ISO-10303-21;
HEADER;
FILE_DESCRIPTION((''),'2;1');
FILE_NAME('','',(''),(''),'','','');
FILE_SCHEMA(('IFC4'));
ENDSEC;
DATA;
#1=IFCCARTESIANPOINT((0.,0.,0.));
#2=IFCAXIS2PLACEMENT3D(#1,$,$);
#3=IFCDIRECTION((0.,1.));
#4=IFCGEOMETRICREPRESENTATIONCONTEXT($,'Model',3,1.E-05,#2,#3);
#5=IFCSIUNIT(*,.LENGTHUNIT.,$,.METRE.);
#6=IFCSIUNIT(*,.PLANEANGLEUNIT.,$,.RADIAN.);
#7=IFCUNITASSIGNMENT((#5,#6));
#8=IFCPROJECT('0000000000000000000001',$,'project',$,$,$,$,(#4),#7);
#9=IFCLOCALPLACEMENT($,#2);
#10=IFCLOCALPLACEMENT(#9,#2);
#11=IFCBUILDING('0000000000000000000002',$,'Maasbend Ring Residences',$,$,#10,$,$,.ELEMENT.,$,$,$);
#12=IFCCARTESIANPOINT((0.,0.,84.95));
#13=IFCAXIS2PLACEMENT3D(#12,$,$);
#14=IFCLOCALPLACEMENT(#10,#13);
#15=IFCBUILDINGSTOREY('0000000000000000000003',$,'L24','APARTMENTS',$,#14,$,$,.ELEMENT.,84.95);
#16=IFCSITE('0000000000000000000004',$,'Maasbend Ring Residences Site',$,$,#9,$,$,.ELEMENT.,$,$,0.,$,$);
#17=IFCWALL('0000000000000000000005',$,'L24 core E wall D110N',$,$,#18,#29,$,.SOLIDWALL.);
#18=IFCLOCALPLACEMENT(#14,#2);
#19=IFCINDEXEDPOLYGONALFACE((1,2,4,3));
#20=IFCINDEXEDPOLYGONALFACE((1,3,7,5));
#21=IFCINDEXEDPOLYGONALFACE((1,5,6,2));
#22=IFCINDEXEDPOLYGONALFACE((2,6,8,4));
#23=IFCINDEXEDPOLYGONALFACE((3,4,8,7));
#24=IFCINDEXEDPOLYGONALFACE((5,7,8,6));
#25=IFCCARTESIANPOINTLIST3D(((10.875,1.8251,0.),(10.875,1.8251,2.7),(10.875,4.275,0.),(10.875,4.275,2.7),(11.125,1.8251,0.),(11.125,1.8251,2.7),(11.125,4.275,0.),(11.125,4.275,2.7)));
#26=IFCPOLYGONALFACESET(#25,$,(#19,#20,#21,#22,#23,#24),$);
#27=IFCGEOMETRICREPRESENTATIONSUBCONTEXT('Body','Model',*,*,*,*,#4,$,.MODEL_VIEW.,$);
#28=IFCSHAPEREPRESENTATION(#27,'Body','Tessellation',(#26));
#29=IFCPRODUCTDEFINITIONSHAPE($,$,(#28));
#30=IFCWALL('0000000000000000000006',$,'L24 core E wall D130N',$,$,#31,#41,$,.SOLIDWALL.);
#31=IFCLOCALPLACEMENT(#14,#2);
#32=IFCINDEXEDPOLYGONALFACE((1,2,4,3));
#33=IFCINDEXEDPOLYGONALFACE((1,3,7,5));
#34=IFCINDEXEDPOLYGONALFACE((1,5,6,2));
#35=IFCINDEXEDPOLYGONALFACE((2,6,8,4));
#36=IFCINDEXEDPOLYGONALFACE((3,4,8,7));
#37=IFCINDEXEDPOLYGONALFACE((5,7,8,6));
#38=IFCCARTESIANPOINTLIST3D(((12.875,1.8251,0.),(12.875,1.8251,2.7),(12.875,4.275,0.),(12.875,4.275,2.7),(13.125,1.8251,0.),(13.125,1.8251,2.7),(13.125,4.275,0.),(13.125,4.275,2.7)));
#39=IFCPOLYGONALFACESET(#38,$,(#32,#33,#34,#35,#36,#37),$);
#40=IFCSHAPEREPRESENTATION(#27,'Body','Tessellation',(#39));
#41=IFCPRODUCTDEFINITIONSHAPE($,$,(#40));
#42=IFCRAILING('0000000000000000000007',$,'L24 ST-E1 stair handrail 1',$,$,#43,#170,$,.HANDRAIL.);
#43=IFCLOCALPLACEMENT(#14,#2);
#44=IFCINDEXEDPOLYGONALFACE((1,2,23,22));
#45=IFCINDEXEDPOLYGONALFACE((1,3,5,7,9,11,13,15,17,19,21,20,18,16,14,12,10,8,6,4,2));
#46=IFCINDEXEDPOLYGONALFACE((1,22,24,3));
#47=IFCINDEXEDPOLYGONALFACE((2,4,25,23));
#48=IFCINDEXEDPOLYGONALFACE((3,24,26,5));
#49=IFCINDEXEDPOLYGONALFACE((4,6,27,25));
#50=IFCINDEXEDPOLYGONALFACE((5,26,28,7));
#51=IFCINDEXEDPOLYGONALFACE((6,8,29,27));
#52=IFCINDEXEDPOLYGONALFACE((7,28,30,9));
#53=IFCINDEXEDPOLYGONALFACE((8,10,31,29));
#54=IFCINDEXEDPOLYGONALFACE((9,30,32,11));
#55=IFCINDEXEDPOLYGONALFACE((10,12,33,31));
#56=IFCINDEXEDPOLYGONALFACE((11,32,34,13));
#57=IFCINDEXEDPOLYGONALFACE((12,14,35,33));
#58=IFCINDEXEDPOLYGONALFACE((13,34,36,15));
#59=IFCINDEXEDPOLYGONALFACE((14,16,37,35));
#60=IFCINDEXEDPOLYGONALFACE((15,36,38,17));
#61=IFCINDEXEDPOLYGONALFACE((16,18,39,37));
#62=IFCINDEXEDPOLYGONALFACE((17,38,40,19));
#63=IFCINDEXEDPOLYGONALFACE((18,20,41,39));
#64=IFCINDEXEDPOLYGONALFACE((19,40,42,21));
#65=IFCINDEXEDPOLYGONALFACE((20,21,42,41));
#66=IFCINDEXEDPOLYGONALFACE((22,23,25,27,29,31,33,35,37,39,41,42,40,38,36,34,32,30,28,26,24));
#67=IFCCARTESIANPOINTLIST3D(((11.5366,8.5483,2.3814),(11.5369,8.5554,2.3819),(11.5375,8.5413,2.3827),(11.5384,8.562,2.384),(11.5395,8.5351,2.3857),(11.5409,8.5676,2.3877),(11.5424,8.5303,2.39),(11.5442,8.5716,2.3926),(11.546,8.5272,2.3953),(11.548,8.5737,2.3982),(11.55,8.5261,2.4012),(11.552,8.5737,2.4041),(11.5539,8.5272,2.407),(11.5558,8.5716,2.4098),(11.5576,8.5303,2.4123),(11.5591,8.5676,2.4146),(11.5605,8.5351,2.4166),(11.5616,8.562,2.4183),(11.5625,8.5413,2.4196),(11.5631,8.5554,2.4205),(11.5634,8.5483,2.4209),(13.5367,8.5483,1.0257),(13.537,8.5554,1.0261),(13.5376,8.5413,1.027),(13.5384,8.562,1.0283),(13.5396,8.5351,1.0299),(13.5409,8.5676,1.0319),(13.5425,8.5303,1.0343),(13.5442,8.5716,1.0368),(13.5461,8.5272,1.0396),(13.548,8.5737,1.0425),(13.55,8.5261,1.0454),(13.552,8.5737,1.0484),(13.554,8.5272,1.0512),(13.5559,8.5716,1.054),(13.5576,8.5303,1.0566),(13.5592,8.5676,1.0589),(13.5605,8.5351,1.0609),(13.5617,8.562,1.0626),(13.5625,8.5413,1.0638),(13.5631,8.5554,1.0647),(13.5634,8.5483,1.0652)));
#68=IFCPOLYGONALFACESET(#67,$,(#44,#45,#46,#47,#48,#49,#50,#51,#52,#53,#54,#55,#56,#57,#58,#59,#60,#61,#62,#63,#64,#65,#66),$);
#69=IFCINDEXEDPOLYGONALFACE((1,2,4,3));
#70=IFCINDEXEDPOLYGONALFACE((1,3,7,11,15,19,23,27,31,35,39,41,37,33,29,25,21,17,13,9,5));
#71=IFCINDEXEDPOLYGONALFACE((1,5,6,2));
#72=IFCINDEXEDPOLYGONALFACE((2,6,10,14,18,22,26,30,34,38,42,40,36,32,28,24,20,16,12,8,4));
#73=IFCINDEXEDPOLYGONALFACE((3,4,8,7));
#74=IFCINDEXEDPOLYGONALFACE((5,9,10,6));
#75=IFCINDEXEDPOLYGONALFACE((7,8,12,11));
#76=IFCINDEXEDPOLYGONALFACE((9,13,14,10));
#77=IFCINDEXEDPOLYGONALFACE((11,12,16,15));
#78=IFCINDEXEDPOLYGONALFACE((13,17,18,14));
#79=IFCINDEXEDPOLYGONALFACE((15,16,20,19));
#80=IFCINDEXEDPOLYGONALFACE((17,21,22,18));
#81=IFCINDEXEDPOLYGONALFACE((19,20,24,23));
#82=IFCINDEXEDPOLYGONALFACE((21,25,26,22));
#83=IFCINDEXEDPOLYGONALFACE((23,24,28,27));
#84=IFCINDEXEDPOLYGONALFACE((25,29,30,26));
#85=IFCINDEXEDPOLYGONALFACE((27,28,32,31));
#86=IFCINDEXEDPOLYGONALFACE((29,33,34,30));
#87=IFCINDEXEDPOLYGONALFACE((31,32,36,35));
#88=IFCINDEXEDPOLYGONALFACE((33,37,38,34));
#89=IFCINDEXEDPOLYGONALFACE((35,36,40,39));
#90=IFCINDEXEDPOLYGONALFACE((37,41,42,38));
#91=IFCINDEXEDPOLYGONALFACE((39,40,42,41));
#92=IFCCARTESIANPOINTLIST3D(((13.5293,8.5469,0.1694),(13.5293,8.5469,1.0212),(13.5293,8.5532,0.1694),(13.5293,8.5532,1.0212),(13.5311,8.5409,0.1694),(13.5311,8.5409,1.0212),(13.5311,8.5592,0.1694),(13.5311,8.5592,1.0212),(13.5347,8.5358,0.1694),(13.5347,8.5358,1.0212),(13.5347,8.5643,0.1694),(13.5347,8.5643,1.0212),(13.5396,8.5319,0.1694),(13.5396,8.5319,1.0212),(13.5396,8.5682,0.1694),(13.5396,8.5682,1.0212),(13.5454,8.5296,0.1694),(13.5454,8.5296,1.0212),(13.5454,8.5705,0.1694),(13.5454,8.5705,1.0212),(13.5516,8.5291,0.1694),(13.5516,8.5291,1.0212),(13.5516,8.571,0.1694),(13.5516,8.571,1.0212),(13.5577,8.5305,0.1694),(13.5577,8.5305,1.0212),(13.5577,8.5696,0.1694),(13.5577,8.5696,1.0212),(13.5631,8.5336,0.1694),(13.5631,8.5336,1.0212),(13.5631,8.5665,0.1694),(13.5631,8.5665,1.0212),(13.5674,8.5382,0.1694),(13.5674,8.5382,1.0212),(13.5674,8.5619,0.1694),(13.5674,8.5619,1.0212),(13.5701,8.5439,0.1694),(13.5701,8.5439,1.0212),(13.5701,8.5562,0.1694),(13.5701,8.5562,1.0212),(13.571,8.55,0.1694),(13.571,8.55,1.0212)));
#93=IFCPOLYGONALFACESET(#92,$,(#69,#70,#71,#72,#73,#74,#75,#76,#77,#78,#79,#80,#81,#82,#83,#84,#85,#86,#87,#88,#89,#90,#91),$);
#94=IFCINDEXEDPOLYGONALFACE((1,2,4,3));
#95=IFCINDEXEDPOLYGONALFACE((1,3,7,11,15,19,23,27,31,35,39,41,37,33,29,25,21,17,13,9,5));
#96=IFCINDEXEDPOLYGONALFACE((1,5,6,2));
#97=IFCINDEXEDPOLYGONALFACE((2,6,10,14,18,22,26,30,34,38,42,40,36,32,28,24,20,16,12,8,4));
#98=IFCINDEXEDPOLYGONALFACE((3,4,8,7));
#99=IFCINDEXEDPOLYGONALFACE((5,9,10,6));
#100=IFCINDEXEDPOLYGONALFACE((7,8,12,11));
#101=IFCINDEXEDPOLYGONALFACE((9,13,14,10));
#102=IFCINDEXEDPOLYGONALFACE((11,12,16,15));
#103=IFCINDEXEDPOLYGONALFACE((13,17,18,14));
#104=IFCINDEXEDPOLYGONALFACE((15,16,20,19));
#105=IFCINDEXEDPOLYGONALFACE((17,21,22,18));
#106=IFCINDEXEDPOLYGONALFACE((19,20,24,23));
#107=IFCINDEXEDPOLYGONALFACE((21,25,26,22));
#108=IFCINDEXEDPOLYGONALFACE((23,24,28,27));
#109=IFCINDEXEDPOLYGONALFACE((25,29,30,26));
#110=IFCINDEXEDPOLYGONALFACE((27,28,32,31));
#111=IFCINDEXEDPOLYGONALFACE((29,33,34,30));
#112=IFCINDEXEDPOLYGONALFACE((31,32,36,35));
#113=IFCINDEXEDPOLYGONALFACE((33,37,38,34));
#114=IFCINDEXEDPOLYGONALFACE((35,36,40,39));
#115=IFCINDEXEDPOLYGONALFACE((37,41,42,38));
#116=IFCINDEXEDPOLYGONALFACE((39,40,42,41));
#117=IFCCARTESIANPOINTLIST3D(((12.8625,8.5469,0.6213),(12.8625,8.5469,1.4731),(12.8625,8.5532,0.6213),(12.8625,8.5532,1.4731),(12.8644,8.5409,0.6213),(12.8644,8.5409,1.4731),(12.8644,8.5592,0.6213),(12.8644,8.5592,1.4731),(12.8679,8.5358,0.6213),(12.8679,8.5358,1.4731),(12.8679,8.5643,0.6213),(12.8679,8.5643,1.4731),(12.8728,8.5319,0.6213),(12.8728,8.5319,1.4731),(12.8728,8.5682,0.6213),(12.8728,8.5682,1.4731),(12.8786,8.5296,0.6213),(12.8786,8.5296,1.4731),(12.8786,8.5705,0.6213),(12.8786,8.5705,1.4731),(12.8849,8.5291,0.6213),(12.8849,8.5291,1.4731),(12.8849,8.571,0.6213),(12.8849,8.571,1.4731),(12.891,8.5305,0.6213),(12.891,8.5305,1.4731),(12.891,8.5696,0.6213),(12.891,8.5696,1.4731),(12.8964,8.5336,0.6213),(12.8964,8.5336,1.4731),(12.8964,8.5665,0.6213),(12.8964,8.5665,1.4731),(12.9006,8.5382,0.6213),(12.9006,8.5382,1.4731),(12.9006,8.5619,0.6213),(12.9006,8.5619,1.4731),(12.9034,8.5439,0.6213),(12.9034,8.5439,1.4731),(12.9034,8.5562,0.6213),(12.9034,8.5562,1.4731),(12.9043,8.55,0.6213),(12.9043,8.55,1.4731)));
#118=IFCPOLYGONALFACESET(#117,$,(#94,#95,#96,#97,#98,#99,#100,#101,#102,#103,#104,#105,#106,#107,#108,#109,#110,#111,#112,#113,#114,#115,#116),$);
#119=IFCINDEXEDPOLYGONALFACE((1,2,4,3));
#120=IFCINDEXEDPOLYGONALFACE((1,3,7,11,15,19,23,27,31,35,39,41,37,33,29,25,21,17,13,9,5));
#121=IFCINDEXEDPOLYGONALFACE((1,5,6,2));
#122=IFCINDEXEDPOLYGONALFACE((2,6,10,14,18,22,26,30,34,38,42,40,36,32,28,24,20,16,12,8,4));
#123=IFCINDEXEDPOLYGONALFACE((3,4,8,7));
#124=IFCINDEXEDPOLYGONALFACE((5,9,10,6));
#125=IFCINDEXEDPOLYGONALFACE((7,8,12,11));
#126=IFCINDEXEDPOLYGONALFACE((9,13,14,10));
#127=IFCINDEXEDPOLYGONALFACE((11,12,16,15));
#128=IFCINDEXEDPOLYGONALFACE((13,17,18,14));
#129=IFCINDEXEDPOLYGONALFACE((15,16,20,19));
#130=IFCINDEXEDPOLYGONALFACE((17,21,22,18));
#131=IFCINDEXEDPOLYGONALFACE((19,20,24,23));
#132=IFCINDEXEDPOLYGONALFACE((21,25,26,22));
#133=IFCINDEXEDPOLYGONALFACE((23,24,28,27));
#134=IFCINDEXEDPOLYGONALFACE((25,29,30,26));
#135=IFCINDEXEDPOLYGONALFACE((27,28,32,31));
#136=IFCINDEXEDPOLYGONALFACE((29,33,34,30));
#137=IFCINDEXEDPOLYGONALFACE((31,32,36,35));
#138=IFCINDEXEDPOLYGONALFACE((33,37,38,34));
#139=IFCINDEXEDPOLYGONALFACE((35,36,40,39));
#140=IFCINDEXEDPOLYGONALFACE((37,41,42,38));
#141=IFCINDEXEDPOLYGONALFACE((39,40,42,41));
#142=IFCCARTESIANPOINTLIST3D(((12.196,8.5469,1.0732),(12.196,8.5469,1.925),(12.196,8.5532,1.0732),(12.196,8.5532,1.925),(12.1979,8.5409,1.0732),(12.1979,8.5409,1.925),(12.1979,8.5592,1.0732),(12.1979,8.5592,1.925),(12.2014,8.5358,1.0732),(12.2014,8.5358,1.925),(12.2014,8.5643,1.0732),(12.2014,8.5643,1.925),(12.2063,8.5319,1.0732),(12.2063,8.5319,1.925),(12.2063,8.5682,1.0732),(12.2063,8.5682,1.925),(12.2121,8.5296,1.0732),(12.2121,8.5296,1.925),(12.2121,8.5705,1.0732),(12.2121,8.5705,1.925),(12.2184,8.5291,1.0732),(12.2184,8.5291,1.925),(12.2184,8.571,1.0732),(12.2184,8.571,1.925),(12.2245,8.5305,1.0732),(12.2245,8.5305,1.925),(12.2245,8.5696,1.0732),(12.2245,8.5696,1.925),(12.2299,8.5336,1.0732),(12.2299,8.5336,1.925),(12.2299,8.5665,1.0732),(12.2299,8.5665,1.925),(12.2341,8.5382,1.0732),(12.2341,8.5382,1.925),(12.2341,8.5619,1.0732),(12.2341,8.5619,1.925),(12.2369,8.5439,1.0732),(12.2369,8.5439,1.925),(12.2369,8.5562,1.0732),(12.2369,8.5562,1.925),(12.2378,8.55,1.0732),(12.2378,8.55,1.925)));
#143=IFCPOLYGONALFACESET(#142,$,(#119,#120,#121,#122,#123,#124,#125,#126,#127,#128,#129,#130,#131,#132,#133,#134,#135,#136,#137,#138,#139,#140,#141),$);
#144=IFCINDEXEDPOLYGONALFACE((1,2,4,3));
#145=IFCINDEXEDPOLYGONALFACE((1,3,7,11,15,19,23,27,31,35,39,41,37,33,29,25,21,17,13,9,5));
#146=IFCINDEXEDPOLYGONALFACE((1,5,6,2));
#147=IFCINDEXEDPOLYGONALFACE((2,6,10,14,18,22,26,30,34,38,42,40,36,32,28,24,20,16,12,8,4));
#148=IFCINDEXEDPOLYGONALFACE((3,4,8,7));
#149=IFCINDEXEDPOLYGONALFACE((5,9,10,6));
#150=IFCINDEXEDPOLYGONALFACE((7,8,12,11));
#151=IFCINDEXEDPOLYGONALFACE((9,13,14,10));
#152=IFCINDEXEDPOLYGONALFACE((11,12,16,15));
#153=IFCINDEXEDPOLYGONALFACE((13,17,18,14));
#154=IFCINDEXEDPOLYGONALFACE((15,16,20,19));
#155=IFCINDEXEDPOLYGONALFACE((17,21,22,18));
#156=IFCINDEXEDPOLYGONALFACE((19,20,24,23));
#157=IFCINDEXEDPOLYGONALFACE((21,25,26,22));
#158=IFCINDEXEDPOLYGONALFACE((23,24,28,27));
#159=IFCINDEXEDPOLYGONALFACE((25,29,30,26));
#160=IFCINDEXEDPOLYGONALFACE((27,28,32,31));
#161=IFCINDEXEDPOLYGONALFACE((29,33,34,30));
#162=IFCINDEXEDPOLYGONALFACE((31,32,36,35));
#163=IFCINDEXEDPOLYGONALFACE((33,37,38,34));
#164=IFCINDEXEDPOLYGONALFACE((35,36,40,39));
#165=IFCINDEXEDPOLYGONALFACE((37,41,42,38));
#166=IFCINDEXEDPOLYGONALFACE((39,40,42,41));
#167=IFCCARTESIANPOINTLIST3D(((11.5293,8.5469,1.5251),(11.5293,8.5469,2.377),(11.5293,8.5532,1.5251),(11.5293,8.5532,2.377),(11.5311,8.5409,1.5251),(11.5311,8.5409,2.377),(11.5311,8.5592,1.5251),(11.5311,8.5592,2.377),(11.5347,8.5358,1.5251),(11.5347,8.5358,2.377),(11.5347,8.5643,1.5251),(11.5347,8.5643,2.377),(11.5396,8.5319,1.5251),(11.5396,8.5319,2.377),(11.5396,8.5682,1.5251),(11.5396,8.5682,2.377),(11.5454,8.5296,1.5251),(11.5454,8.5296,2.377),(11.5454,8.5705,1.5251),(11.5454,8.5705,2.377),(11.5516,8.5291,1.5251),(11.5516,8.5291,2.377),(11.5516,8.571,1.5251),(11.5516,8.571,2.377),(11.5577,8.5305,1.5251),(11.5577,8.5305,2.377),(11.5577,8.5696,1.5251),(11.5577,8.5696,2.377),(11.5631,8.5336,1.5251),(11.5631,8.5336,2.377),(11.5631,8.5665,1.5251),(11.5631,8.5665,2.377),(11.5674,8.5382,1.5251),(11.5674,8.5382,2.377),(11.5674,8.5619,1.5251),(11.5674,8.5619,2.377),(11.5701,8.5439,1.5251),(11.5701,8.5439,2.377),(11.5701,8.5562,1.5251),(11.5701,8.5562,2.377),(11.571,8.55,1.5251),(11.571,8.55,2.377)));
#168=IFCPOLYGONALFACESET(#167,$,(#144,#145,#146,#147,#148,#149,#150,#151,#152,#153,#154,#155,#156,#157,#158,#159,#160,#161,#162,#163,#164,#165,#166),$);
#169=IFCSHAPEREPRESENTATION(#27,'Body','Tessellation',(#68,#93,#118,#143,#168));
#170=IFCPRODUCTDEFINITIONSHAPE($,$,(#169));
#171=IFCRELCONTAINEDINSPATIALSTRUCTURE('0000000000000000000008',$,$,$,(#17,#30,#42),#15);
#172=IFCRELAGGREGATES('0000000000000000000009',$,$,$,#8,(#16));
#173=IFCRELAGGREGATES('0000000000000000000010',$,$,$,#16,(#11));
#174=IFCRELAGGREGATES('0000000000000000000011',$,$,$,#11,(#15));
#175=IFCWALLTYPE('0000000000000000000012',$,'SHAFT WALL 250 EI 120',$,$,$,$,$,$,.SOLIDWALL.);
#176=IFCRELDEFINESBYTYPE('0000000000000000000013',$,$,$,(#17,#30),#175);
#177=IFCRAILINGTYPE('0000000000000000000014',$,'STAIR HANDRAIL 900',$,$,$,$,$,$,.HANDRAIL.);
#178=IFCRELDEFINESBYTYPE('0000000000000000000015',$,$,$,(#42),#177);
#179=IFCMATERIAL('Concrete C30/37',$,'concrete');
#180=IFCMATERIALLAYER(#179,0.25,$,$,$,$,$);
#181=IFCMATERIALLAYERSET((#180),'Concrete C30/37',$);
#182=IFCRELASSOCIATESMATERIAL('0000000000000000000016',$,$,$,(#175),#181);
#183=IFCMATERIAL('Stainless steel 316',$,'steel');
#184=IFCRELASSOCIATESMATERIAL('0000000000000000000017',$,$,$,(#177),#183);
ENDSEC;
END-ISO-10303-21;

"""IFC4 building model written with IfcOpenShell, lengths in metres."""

from ifc_helpers import new_model, si_unit, direction, frame, frame_2d, origin, origin_2d, place, context, subcontext, project, spatial, rectangle, circle, extrude, material, layer, layer_set, type_object, element, save


model = new_model("IFC4")

# Units and contexts
model_context = context("Model", 3, precision=1e-05, world=origin(), true_north=direction((0.0, 1.0)))
body_context = subcontext(model_context, "Body", "Model", "MODEL_VIEW")
ifc_project = project(units=[si_unit("LENGTHUNIT", "METRE"), si_unit("PLANEANGLEUNIT", "RADIAN")], contexts=[model_context])

# Site, building, storey
site_placement = place(None, origin())
site = spatial("IfcSite", under=ifc_project, at=site_placement, Name="Maasbend Ring Residences Site", CompositionType="ELEMENT", RefElevation=0.0)
building_placement = place(site_placement, origin())
building = spatial("IfcBuilding", under=site, at=building_placement, Name="Maasbend Ring Residences", CompositionType="ELEMENT")
storey_placement = place(building_placement, frame((0.0, 0.0, 84.95)))
storey = spatial("IfcBuildingStorey", under=building, at=storey_placement, Name="L24", Description="APARTMENTS", CompositionType="ELEMENT", Elevation=84.95)

# Walls
ifc_material_1 = material(Name="Concrete C30/37", Category="concrete")
ifc_layer_1 = layer(ifc_material_1, 0.25)
ifc_layer_set_1 = layer_set([ifc_layer_1], Name="Concrete C30/37")
wall_type_1 = type_object("IfcWallType", Name="SHAFT WALL 250 EI 120", PredefinedType="SOLIDWALL", material=ifc_layer_set_1)
for number, where, z_axis, x_axis, name in (
    (1, (11.0, 1.825, 0.0), (0.0, 0.0, 1.0), (0.0, 1.0, 0.0), "L24 core E wall D110N"),
    (2, (13.0, 1.825, 0.0), (0.0, 0.0, 1.0), (0.0, 1.0, 0.0), "L24 core E wall D130N"),
):
    element("IfcWall", number, at=place(storey_placement, frame(where, z_axis=z_axis, x_axis=x_axis)), inside=storey, type_object=wall_type_1, Name=name, PredefinedType="SOLIDWALL", context=body_context, shape_type="SweptSolid", body=[
        extrude(rectangle(XDim=2.45, YDim=0.25, at=frame_2d((1.2251, 0.0))), origin(), (0.0, 0.0, 1.0), 2.7),
    ])

# Railing
ifc_material_2 = material(Name="Stainless steel 316", Category="steel")
railing_type = type_object("IfcRailingType", Name="STAIR HANDRAIL 900", PredefinedType="HANDRAIL", material=ifc_material_2)
railing_1_placement = place(storey_placement, frame((13.55, 8.55, 0.1694)))
element("IfcRailing", 3, at=railing_1_placement, inside=storey, type_object=railing_type, Name="L24 ST-E1 stair handrail 1", PredefinedType="HANDRAIL", context=body_context, shape_type="SweptSolid", body=[
    extrude(circle(Radius=0.0239, at=origin_2d()), frame((0.0, 0.0, 0.876), z_axis=(-0.827751, 0.0, 0.561096), x_axis=(0.0, -1.0, 0.0)), (0.0, 0.0, 1.0), 2.4163),
    extrude(circle(Radius=0.021, at=origin_2d()), origin(), (0.0, 0.0, 1.0), 0.8518),
    extrude(circle(Radius=0.021, at=origin_2d()), frame((-0.6667, 0.0, 0.4519)), (0.0, 0.0, 1.0), 0.8518),
    extrude(circle(Radius=0.021, at=origin_2d()), frame((-1.3333, 0.0, 0.9038)), (0.0, 0.0, 1.0), 0.8518),
    extrude(circle(Radius=0.021, at=origin_2d()), frame((-2.0, 0.0, 1.3557)), (0.0, 0.0, 1.0), 0.8518),
])

save(model, "model.ifc")
